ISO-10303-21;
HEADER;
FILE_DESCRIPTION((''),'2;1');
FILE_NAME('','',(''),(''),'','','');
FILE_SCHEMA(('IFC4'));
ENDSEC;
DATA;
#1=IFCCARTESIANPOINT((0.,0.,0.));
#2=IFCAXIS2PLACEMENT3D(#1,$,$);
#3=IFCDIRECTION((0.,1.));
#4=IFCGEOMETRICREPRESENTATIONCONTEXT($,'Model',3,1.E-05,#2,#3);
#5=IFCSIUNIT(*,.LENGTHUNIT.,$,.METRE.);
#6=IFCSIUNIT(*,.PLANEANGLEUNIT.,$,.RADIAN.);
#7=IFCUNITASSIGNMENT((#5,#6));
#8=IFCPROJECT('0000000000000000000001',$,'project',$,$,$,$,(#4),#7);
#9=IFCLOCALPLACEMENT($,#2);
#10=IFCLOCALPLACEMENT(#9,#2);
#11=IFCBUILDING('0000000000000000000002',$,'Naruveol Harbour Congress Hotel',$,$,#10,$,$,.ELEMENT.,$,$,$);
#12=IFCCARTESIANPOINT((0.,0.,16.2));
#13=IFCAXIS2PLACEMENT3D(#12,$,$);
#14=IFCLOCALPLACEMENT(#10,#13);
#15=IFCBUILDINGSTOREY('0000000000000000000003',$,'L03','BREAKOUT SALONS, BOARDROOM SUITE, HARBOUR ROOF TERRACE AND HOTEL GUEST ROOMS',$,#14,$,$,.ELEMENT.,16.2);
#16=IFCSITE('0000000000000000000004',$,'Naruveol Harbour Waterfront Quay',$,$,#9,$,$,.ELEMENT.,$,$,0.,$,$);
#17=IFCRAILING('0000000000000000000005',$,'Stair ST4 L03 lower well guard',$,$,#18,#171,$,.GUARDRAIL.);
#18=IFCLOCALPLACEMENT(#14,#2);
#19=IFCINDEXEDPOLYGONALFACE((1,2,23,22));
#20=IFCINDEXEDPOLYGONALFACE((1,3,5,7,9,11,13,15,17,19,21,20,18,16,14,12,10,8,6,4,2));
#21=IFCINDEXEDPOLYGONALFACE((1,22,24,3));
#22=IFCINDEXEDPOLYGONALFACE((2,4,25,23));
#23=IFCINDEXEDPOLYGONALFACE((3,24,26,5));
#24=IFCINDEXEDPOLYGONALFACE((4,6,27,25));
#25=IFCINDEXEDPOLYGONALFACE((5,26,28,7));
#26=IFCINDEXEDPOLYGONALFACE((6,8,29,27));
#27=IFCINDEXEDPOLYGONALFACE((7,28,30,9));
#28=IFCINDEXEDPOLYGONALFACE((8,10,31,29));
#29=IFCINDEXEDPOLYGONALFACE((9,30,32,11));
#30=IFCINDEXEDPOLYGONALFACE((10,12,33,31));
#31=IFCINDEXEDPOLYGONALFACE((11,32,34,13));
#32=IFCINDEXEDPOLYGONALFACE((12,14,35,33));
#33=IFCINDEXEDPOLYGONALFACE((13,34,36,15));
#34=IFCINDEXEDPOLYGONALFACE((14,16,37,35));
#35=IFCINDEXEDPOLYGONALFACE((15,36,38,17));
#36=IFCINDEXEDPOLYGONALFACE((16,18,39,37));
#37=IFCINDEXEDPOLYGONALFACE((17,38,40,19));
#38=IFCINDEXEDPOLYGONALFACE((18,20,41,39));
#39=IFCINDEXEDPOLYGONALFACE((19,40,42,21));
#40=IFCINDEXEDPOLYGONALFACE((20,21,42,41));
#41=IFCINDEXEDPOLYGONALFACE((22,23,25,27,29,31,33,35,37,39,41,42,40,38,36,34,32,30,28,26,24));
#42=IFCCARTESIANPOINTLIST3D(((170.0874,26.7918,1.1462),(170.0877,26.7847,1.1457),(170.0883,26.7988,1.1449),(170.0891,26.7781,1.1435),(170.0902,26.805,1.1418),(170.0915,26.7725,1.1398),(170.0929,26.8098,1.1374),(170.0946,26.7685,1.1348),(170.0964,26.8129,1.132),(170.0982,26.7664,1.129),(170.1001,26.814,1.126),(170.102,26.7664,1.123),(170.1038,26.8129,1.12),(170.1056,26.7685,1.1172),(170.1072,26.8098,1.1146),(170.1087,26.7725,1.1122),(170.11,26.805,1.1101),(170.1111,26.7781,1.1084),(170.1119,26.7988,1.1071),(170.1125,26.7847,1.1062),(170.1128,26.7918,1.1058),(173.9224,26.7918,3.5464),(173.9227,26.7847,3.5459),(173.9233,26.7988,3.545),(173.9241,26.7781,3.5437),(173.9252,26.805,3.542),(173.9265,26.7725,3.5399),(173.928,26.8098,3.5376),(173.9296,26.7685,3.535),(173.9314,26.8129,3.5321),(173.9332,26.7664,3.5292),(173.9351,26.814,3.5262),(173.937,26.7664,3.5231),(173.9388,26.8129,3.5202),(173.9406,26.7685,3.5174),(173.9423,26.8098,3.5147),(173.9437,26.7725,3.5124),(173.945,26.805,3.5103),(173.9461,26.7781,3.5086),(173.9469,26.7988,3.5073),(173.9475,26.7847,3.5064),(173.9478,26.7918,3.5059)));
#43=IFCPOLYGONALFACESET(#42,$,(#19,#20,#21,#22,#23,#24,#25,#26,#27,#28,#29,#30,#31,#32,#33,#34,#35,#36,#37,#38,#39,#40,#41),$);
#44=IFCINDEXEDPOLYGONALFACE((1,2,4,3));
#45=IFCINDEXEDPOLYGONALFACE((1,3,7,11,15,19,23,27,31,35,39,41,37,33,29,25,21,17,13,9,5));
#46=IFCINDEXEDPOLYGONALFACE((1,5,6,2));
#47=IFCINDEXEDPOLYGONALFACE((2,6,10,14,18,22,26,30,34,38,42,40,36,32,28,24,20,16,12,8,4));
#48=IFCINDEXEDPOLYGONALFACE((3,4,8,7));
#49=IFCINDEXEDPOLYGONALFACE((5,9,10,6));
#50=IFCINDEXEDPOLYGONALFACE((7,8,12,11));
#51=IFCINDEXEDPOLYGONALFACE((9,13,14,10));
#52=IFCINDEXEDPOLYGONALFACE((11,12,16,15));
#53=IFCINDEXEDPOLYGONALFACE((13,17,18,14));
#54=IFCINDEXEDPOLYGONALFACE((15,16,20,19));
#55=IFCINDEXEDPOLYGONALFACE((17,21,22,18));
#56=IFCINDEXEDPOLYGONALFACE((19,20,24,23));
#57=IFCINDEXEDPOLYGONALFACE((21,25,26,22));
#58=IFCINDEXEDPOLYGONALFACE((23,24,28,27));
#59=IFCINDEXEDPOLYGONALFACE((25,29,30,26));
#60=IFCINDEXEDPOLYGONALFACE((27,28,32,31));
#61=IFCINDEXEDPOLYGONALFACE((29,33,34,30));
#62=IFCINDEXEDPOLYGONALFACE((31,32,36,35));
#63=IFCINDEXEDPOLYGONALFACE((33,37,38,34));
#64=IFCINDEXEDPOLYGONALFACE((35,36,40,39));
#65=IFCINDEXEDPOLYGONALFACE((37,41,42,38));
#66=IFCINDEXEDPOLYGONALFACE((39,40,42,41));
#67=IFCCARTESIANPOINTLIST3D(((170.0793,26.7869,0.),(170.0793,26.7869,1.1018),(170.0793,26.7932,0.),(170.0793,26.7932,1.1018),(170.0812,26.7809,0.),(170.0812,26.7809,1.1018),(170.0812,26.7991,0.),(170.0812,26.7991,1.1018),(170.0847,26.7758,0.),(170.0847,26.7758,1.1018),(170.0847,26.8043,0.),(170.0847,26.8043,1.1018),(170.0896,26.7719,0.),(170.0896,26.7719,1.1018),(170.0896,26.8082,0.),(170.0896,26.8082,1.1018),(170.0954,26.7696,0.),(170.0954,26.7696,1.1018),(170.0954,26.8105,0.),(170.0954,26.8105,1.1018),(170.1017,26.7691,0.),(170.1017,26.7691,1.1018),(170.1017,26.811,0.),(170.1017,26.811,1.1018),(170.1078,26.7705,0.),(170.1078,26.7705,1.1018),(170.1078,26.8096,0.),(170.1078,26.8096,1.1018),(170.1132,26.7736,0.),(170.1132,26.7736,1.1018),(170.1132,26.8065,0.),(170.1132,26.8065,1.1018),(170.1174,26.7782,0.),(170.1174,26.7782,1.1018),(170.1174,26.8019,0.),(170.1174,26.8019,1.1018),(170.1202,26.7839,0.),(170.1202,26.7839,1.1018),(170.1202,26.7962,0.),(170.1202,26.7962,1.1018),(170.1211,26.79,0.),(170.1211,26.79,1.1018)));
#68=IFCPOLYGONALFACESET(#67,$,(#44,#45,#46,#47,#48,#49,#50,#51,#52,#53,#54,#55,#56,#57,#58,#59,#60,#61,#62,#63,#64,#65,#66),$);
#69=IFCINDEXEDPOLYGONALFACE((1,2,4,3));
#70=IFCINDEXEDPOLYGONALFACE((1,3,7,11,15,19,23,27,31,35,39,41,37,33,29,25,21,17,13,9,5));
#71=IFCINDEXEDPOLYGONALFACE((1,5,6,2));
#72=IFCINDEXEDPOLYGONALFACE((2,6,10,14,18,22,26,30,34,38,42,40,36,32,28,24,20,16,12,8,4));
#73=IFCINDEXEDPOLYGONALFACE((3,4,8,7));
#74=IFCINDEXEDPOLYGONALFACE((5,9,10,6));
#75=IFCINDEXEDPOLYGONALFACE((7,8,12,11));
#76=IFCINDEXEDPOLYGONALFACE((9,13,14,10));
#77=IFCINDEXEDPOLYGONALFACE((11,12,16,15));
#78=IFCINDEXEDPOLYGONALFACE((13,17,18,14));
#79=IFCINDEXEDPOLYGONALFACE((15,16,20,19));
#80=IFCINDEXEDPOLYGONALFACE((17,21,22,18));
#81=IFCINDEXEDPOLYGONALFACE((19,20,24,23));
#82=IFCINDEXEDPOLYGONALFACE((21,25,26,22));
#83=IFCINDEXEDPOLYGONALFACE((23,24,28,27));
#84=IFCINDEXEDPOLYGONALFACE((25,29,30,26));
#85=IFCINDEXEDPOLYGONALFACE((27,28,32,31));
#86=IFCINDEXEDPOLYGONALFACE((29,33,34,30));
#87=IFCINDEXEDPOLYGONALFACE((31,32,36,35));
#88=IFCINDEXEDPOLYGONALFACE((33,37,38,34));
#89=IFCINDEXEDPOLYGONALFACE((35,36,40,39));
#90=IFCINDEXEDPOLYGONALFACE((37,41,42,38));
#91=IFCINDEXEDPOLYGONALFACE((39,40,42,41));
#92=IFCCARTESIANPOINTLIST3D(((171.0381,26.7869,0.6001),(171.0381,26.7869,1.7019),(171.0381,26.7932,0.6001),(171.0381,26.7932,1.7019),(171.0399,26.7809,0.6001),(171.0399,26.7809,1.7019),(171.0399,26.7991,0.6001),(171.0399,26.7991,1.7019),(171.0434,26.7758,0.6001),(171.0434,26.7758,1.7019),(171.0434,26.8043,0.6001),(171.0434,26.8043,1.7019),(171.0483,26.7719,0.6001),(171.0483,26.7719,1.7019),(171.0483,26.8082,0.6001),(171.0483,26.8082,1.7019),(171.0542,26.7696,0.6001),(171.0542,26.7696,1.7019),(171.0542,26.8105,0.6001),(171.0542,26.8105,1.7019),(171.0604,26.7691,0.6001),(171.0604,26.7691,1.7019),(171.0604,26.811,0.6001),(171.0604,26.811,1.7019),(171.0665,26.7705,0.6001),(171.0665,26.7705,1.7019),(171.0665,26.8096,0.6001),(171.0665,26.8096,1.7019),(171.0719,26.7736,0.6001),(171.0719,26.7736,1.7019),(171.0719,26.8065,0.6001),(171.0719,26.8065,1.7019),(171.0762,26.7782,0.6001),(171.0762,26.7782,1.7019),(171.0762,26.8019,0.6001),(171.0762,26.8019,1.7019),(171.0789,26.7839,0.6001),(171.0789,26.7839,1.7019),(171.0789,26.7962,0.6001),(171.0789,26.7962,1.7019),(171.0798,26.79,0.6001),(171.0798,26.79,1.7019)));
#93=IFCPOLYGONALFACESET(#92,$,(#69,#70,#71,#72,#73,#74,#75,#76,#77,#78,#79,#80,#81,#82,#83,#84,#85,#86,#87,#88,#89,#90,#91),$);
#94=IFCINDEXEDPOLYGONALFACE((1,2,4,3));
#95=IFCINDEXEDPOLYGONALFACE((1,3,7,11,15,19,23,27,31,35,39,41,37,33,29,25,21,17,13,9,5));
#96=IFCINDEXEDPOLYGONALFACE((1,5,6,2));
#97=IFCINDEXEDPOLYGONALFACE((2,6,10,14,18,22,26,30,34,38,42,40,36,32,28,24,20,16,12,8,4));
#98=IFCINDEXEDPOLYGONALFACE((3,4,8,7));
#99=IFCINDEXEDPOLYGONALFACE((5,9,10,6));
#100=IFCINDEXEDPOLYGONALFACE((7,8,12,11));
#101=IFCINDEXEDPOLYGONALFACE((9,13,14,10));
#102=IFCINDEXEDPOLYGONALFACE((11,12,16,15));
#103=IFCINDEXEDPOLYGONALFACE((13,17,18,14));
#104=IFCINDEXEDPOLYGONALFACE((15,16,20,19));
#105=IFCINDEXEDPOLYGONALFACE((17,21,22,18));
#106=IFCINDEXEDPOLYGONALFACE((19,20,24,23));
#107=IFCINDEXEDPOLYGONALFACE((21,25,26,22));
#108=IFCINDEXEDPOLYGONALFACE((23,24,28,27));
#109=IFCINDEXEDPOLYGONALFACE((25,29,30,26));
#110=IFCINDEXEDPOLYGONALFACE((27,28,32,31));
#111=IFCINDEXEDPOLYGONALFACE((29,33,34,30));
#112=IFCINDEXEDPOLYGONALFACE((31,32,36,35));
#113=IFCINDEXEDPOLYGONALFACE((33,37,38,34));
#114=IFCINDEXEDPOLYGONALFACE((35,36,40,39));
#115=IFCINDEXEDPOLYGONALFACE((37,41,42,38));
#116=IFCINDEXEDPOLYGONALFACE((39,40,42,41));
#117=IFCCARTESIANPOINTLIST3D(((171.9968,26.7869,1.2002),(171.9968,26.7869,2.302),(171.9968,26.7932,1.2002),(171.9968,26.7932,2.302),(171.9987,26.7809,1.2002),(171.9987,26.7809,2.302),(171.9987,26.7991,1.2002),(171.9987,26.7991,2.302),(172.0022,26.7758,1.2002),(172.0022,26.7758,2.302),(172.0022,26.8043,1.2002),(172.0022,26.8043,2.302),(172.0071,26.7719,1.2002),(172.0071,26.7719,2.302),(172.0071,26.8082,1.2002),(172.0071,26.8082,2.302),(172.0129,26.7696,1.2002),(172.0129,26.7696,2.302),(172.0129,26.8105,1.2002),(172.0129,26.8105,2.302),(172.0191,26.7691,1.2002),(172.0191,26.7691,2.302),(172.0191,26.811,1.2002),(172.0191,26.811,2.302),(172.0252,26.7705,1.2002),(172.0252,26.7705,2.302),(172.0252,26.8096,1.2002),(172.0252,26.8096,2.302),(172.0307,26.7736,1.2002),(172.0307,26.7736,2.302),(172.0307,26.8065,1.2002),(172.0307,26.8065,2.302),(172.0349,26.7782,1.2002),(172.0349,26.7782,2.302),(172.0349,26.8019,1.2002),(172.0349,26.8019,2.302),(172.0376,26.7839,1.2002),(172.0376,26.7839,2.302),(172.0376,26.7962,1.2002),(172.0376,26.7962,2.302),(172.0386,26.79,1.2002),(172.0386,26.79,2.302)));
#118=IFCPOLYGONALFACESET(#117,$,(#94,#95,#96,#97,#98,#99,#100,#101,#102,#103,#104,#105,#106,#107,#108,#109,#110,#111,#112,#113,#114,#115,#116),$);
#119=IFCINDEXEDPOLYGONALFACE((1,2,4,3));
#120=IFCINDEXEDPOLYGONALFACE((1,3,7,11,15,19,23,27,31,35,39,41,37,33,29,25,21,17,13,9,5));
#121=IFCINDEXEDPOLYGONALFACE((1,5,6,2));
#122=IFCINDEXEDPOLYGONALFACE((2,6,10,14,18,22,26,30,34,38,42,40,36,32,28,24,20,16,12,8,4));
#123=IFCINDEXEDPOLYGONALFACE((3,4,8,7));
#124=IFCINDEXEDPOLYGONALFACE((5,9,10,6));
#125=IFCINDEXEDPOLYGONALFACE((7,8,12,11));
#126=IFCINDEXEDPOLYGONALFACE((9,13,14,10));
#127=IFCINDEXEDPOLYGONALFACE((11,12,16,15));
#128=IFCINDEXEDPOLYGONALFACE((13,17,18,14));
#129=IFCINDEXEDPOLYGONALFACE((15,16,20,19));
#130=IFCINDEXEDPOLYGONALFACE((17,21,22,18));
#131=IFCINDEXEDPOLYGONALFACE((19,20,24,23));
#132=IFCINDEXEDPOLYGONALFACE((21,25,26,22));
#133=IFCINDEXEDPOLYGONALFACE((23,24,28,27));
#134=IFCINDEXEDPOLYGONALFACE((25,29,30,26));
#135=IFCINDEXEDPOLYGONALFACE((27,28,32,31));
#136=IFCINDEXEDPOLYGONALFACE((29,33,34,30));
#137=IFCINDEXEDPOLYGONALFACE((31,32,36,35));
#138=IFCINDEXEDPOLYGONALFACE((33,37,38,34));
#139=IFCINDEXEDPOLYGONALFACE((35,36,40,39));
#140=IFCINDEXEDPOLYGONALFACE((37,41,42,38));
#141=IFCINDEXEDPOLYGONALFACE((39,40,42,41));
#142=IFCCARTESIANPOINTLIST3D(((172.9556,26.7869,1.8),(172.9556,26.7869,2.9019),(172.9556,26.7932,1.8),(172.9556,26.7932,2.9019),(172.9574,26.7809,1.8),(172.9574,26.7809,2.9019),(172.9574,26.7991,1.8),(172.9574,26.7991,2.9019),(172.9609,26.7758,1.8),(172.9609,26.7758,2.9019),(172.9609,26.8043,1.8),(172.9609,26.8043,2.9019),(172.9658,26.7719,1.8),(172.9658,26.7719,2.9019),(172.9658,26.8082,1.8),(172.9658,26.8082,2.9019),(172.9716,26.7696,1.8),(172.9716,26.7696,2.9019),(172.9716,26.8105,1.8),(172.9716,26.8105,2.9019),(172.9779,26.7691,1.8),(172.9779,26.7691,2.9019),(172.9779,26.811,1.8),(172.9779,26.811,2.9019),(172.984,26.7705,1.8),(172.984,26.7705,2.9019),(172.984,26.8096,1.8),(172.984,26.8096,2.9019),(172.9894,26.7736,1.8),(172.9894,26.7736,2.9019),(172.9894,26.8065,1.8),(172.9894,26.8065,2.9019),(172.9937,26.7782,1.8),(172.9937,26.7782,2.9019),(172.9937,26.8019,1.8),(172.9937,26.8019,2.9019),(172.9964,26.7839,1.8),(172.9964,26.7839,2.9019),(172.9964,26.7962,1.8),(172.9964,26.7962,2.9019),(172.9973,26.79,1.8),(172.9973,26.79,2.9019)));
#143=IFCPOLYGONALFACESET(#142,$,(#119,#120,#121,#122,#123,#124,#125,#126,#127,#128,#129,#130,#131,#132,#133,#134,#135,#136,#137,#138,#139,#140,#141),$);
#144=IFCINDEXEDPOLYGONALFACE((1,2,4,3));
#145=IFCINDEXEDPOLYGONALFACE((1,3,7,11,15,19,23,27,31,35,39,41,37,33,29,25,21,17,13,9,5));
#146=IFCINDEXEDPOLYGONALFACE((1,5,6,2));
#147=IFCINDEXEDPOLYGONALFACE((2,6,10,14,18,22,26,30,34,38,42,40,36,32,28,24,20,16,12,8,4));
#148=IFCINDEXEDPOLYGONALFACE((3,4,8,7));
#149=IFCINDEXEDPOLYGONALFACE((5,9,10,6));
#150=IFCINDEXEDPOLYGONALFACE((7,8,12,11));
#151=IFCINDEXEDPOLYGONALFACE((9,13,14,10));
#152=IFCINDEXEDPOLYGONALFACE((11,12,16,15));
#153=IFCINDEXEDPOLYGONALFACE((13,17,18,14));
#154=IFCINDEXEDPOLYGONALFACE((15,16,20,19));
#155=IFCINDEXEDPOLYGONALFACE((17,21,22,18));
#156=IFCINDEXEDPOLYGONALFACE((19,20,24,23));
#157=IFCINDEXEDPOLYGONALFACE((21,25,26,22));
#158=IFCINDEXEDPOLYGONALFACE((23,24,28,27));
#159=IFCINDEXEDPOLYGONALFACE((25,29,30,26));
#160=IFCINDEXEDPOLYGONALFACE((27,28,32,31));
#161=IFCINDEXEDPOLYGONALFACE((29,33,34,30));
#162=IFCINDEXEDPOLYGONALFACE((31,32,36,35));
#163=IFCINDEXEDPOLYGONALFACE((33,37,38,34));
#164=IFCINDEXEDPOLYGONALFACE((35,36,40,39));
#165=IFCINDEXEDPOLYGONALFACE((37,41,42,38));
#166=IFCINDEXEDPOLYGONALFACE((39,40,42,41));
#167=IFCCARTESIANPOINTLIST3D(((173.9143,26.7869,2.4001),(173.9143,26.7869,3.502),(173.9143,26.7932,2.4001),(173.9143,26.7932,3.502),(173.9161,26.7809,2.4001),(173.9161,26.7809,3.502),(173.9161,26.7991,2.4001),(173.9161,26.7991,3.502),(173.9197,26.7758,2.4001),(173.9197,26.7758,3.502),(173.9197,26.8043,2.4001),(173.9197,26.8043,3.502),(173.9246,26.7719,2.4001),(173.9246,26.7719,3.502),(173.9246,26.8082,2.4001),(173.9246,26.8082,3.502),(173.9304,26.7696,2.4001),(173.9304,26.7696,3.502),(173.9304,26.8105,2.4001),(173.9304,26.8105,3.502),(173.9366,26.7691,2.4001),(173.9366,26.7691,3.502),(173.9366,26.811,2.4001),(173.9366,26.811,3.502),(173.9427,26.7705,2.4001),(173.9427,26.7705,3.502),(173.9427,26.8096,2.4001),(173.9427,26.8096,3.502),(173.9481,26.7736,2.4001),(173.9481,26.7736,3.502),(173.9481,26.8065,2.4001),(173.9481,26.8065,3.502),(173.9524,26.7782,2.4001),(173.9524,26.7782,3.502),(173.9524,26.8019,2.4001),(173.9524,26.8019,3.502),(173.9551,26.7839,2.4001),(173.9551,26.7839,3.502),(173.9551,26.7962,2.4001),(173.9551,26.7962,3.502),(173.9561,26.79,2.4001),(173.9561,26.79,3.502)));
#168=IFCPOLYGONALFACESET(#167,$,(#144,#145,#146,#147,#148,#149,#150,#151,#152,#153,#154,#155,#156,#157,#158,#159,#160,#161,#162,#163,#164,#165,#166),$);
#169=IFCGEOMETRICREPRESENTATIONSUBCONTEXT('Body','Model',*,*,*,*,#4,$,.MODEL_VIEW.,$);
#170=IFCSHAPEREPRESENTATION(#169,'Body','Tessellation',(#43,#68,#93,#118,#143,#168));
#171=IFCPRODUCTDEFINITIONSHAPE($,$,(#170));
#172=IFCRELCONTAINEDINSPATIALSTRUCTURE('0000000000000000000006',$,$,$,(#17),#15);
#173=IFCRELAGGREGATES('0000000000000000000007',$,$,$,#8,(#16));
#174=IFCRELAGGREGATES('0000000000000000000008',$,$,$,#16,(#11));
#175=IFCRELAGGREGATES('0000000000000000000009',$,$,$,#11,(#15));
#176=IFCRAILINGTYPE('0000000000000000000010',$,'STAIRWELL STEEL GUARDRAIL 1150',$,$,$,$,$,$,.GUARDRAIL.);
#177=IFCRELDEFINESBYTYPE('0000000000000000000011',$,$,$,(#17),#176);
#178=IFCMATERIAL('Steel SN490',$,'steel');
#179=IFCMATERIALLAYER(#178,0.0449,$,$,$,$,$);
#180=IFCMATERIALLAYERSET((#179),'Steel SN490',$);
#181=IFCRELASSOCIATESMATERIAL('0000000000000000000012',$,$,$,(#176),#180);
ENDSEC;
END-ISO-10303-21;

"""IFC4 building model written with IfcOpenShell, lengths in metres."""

from ifc_helpers import new_model, si_unit, direction, frame, origin, origin_2d, place, context, subcontext, project, spatial, circle, extrude, material, layer, layer_set, type_object, element, save


model = new_model("IFC4")

# Units and contexts
model_context = context("Model", 3, precision=1e-05, world=origin(), true_north=direction((0.0, 1.0)))
body_context = subcontext(model_context, "Body", "Model", "MODEL_VIEW")
ifc_project = project(units=[si_unit("LENGTHUNIT", "METRE"), si_unit("PLANEANGLEUNIT", "RADIAN")], contexts=[model_context])

# Site, building, storey
site_placement = place(None, origin())
site = spatial("IfcSite", under=ifc_project, at=site_placement, Name="Naruveol Harbour Waterfront Quay", CompositionType="ELEMENT", RefElevation=0.0)
building_placement = place(site_placement, origin())
building = spatial("IfcBuilding", under=site, at=building_placement, Name="Naruveol Harbour Congress Hotel", CompositionType="ELEMENT")
storey_placement = place(building_placement, frame((0.0, 0.0, 16.2)))
storey = spatial("IfcBuildingStorey", under=building, at=storey_placement, Name="L03", Description="BREAKOUT SALONS, BOARDROOM SUITE, HARBOUR ROOF TERRACE AND HOTEL GUEST ROOMS", CompositionType="ELEMENT", Elevation=16.2)

# Railing
ifc_material_1 = material(Name="Steel SN490", Category="steel")
ifc_layer_1 = layer(ifc_material_1, 0.0449)
ifc_layer_set_1 = layer_set([ifc_layer_1], Name="Steel SN490")
railing_type_1 = type_object("IfcRailingType", Name="STAIRWELL STEEL GUARDRAIL 1150", PredefinedType="GUARDRAIL", material=ifc_layer_set_1)
railing_1_placement = place(storey_placement, frame((170.1001, 26.79, 0.0)))
element("IfcRailing", 1, at=railing_1_placement, inside=storey, type_object=railing_type_1, Name="Stair ST4 L03 lower well guard", PredefinedType="GUARDRAIL", context=body_context, shape_type="SweptSolid", body=[
    extrude(circle(Radius=0.0239, at=origin_2d()), frame((0.0, 0.0, 1.126), z_axis=(0.847671, 0.0, 0.530523), x_axis=(0.0, 1.0, 0.0)), (0.0, 0.0, 1.0), 4.5242),
    extrude(circle(Radius=0.021, at=origin_2d()), origin(), (0.0, 0.0, 1.0), 1.1018),
    extrude(circle(Radius=0.021, at=origin_2d()), frame((0.9587, 0.0, 0.6001)), (0.0, 0.0, 1.0), 1.1018),
    extrude(circle(Radius=0.021, at=origin_2d()), frame((1.9175, 0.0, 1.2002)), (0.0, 0.0, 1.0), 1.1018),
    extrude(circle(Radius=0.021, at=origin_2d()), frame((2.8762, 0.0, 1.8)), (0.0, 0.0, 1.0), 1.1018),
    extrude(circle(Radius=0.021, at=origin_2d()), frame((3.835, 0.0, 2.4001)), (0.0, 0.0, 1.0), 1.1018),
])

save(model, "model.ifc")
